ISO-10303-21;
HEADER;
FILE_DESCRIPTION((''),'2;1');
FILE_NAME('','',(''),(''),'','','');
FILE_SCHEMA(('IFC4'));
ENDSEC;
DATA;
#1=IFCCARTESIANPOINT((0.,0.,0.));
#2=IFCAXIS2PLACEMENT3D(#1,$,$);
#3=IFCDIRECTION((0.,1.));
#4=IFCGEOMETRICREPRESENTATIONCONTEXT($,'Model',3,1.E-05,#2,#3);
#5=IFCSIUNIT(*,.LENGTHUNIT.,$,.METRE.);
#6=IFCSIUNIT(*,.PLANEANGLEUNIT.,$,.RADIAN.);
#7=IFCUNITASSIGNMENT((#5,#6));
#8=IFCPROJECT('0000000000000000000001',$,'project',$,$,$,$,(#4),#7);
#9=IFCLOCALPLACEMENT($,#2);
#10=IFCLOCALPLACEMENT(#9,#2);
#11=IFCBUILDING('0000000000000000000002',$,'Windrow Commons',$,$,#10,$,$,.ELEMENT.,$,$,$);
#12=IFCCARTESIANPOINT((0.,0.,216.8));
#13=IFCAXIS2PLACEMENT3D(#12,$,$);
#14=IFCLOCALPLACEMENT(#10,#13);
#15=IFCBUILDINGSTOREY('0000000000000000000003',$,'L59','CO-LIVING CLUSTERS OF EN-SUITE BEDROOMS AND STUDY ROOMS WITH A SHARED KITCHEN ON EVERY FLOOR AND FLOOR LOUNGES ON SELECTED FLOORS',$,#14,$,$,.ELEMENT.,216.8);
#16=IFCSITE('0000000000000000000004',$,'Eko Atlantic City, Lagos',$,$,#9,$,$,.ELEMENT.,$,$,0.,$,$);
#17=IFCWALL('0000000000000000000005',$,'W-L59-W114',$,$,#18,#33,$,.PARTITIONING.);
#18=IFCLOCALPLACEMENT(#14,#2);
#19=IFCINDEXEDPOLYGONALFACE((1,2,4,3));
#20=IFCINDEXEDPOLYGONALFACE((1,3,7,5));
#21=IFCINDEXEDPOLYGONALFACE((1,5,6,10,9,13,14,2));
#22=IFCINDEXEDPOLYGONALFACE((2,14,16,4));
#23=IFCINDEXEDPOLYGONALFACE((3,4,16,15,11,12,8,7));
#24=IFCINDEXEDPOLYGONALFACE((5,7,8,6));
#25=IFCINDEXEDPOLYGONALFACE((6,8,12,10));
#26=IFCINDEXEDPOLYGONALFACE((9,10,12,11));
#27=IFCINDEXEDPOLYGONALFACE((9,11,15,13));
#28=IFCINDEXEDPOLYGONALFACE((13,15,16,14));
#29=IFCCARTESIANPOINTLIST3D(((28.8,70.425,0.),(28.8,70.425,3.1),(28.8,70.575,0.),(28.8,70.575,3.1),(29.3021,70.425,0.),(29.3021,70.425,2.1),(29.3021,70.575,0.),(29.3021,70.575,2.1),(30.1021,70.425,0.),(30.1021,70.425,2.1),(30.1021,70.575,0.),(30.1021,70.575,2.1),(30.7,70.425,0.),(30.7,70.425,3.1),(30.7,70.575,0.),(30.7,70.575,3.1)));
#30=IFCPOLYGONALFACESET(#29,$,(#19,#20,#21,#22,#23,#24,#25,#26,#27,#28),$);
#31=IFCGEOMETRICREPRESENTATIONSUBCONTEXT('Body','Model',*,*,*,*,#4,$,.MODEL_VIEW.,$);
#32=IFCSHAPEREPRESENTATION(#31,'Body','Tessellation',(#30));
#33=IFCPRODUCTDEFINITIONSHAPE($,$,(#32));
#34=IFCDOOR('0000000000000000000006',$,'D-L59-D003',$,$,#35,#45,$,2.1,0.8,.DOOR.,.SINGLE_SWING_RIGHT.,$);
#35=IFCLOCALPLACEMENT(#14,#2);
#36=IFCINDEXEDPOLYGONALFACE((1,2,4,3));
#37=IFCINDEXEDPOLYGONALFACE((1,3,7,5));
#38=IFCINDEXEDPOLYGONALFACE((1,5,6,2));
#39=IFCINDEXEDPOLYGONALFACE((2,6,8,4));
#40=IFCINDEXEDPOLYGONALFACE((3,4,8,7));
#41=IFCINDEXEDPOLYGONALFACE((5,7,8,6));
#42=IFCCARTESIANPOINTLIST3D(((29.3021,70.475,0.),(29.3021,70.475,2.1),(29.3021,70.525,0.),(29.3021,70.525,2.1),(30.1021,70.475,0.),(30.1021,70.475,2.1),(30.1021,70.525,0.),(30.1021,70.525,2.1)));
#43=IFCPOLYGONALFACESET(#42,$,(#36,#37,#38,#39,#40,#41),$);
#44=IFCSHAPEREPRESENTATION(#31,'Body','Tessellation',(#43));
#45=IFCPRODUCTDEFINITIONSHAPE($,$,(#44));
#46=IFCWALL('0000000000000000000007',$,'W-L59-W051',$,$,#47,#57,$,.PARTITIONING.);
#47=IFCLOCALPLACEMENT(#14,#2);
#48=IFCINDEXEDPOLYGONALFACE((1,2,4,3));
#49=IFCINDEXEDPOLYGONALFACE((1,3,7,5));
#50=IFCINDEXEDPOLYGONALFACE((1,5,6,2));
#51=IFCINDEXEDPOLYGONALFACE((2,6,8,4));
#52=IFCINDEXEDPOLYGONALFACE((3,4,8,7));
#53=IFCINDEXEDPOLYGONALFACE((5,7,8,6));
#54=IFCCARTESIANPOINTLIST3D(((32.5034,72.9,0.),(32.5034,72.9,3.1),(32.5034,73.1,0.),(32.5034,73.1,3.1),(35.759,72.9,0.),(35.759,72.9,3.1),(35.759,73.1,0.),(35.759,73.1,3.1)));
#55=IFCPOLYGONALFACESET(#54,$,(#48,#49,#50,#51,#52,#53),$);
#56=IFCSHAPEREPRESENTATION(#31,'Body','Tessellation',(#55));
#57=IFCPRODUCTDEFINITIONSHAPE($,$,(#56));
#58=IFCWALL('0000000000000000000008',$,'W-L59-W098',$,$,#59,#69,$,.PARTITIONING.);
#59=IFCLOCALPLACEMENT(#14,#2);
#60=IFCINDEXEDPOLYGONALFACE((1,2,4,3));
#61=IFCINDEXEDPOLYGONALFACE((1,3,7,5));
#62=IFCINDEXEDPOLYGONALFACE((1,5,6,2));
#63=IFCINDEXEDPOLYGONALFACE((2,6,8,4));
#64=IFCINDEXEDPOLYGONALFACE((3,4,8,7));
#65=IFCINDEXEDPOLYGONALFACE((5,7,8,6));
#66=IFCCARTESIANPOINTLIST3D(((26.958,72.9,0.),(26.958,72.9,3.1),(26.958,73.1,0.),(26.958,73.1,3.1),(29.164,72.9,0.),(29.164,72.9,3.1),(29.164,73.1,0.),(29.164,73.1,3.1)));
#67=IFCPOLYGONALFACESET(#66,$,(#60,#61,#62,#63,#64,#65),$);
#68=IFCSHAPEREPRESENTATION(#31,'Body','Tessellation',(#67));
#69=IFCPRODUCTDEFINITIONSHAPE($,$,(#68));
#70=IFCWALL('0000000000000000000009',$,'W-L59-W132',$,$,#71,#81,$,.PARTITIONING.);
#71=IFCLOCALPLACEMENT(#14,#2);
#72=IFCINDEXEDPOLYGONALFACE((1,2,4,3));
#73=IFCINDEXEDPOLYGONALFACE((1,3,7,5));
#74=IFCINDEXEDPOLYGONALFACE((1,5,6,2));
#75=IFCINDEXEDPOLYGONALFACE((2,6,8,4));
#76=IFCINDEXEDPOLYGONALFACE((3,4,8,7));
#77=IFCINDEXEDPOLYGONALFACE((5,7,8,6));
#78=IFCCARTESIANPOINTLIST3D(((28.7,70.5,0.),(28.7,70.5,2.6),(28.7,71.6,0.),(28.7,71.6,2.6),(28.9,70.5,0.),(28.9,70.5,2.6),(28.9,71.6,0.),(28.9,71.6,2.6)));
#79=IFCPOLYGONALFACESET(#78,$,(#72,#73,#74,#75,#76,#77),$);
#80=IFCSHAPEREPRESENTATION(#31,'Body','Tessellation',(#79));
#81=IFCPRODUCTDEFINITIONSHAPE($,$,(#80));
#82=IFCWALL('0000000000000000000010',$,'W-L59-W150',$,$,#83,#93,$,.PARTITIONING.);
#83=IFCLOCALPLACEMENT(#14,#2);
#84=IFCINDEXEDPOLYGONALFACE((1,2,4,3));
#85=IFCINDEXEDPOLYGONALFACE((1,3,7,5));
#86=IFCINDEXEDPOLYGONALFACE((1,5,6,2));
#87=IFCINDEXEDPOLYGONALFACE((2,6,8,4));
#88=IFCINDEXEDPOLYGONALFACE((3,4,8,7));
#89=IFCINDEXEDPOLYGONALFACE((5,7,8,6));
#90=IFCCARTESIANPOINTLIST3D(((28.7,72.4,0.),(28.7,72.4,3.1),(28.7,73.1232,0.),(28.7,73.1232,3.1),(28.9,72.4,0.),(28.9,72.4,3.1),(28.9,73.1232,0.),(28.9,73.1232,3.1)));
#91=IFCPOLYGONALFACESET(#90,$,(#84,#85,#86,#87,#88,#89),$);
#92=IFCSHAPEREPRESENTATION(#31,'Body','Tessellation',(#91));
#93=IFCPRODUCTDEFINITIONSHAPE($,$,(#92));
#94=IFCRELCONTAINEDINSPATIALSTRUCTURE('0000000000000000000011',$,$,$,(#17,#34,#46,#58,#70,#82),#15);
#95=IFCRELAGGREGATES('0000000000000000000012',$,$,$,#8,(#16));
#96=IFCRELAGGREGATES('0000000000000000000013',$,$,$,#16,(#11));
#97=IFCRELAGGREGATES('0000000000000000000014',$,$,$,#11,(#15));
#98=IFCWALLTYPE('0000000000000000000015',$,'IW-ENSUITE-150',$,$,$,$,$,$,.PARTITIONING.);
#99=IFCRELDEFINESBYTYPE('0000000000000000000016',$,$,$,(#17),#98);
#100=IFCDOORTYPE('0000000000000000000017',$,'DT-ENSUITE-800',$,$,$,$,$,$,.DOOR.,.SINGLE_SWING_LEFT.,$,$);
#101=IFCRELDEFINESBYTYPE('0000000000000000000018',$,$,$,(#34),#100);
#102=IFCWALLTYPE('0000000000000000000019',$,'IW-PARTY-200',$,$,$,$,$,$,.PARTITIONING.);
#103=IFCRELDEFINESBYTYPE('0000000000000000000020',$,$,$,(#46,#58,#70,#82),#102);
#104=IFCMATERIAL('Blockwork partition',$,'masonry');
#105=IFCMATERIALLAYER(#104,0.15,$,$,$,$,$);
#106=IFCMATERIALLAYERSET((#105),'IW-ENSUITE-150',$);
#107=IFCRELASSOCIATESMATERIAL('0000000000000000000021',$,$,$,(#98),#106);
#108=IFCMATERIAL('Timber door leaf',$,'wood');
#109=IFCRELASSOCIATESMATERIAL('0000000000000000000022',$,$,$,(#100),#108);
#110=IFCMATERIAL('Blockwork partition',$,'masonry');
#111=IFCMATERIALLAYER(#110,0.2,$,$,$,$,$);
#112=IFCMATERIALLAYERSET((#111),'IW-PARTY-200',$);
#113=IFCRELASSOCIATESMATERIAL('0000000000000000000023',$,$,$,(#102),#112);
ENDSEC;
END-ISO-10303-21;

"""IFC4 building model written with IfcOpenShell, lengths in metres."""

from ifc_helpers import new_model, si_unit, direction, frame, frame_2d, origin, place, context, subcontext, project, spatial, rectangle, extrude, material, layer, layer_set, type_object, element, fill, save


model = new_model("IFC4")

# Units and contexts
model_context = context("Model", 3, precision=1e-05, world=origin(), true_north=direction((0.0, 1.0)))
body_context = subcontext(model_context, "Body", "Model", "MODEL_VIEW")
ifc_project = project(units=[si_unit("LENGTHUNIT", "METRE"), si_unit("PLANEANGLEUNIT", "RADIAN")], contexts=[model_context])

# Site, building, storey
site_placement = place(None, origin())
site = spatial("IfcSite", under=ifc_project, at=site_placement, Name="Eko Atlantic City, Lagos", CompositionType="ELEMENT", RefElevation=0.0)
building_placement = place(site_placement, origin())
building = spatial("IfcBuilding", under=site, at=building_placement, Name="Windrow Commons", CompositionType="ELEMENT")
storey_placement = place(building_placement, frame((0.0, 0.0, 216.8)))
storey = spatial("IfcBuildingStorey", under=building, at=storey_placement, Name="L59", Description="CO-LIVING CLUSTERS OF EN-SUITE BEDROOMS AND STUDY ROOMS WITH A SHARED KITCHEN ON EVERY FLOOR AND FLOOR LOUNGES ON SELECTED FLOORS", CompositionType="ELEMENT", Elevation=216.8)

# Shared definitions
ifc_material_1 = material(Name="Blockwork partition", Category="masonry")
ifc_layer_1 = layer(ifc_material_1, 0.15)
ifc_layer_set_1 = layer_set([ifc_layer_1], Name="IW-ENSUITE-150")
wall_type_1 = type_object("IfcWallType", Name="IW-ENSUITE-150", PredefinedType="PARTITIONING", material=ifc_layer_set_1)
ifc_material_2 = material(Name="Timber door leaf", Category="wood")
door_type = type_object("IfcDoorType", Name="DT-ENSUITE-800", OperationType="SINGLE_SWING_LEFT", PredefinedType="DOOR", material=ifc_material_2)

# Wall, opening, door
wall_1_placement = place(storey_placement, frame((28.8, 70.5, 0.0), z_axis=(0.0, 0.0, 1.0), x_axis=(1.0, 0.0, 0.0)))
wall_1 = element("IfcWall", 1, at=wall_1_placement, inside=storey, type_object=wall_type_1, Name="W-L59-W114", PredefinedType="PARTITIONING", context=body_context, shape_type="SweptSolid", body=[
    extrude(rectangle(XDim=1.9, YDim=0.15, at=frame_2d((0.95, 0.0))), origin(), (0.0, 0.0, 1.0), 3.1),
])
opening_1_placement = place(wall_1_placement, frame((0.5021, 0.0, 0.0)))
opening_1 = element("IfcOpeningElement", 2, at=opening_1_placement, cuts=wall_1, PredefinedType="OPENING", context=body_context, shape_type="SweptSolid", body=[
    extrude(rectangle(XDim=0.8, YDim=2.1, at=frame_2d((0.4, 1.05))), frame((0.0, 0.085, 0.0), z_axis=(0.0, -1.0, 0.0), x_axis=(1.0, 0.0, 0.0)), (0.0, 0.0, 1.0), 0.17),
])
door_1_placement = place(opening_1_placement, origin())
door_1 = element("IfcDoor", 3, at=door_1_placement, inside=storey, type_object=door_type, Name="D-L59-D003", OperationType="SINGLE_SWING_RIGHT", OverallHeight=2.1, OverallWidth=0.8, PredefinedType="DOOR", context=body_context, shape_type="SweptSolid", body=[
    extrude(rectangle(XDim=0.8, YDim=2.1, at=frame_2d((0.4, 1.05))), frame((0.0, 0.025, 0.0), z_axis=(0.0, -1.0, 0.0), x_axis=(1.0, 0.0, 0.0)), (0.0, 0.0, 1.0), 0.05),
])
fill(opening_1, door_1)

# Walls
ifc_material_3 = material(Name="Blockwork partition", Category="masonry")
ifc_layer_2 = layer(ifc_material_3, 0.2)
ifc_layer_set_2 = layer_set([ifc_layer_2], Name="IW-PARTY-200")
wall_type_2 = type_object("IfcWallType", Name="IW-PARTY-200", PredefinedType="PARTITIONING", material=ifc_layer_set_2)
wall_2_placement = place(storey_placement, frame((32.5033, 73.0, 0.0), z_axis=(0.0, 0.0, 1.0), x_axis=(1.0, 0.0, 0.0)))
element("IfcWall", 4, at=wall_2_placement, inside=storey, type_object=wall_type_2, Name="W-L59-W051", PredefinedType="PARTITIONING", context=body_context, shape_type="SweptSolid", body=[
    extrude(rectangle(XDim=3.2557, YDim=0.2, at=frame_2d((1.6279, 0.0))), origin(), (0.0, 0.0, 1.0), 3.1),
])
wall_3_placement = place(storey_placement, frame((26.958, 73.0, 0.0), z_axis=(0.0, 0.0, 1.0), x_axis=(1.0, 0.0, 0.0)))
element("IfcWall", 5, at=wall_3_placement, inside=storey, type_object=wall_type_2, Name="W-L59-W098", PredefinedType="PARTITIONING", context=body_context, shape_type="SweptSolid", body=[
    extrude(rectangle(XDim=2.2059, YDim=0.2, at=frame_2d((1.103, 0.0))), origin(), (0.0, 0.0, 1.0), 3.1),
])
wall_4_placement = place(storey_placement, frame((28.8, 70.5, 0.0), z_axis=(0.0, 0.0, 1.0), x_axis=(0.0, 1.0, 0.0)))
element("IfcWall", 6, at=wall_4_placement, inside=storey, type_object=wall_type_2, Name="W-L59-W132", PredefinedType="PARTITIONING", context=body_context, shape_type="SweptSolid", body=[
    extrude(rectangle(XDim=1.1, YDim=0.2, at=frame_2d((0.55, 0.0))), origin(), (0.0, 0.0, 1.0), 2.6),
])
wall_5_placement = place(storey_placement, frame((28.8, 72.4, 0.0), z_axis=(0.0, 0.0, 1.0), x_axis=(0.0, 1.0, 0.0)))
element("IfcWall", 7, at=wall_5_placement, inside=storey, type_object=wall_type_2, Name="W-L59-W150", PredefinedType="PARTITIONING", context=body_context, shape_type="SweptSolid", body=[
    extrude(rectangle(XDim=0.7232, YDim=0.2, at=frame_2d((0.3616, 0.0))), origin(), (0.0, 0.0, 1.0), 3.1),
])

save(model, "model.ifc")
